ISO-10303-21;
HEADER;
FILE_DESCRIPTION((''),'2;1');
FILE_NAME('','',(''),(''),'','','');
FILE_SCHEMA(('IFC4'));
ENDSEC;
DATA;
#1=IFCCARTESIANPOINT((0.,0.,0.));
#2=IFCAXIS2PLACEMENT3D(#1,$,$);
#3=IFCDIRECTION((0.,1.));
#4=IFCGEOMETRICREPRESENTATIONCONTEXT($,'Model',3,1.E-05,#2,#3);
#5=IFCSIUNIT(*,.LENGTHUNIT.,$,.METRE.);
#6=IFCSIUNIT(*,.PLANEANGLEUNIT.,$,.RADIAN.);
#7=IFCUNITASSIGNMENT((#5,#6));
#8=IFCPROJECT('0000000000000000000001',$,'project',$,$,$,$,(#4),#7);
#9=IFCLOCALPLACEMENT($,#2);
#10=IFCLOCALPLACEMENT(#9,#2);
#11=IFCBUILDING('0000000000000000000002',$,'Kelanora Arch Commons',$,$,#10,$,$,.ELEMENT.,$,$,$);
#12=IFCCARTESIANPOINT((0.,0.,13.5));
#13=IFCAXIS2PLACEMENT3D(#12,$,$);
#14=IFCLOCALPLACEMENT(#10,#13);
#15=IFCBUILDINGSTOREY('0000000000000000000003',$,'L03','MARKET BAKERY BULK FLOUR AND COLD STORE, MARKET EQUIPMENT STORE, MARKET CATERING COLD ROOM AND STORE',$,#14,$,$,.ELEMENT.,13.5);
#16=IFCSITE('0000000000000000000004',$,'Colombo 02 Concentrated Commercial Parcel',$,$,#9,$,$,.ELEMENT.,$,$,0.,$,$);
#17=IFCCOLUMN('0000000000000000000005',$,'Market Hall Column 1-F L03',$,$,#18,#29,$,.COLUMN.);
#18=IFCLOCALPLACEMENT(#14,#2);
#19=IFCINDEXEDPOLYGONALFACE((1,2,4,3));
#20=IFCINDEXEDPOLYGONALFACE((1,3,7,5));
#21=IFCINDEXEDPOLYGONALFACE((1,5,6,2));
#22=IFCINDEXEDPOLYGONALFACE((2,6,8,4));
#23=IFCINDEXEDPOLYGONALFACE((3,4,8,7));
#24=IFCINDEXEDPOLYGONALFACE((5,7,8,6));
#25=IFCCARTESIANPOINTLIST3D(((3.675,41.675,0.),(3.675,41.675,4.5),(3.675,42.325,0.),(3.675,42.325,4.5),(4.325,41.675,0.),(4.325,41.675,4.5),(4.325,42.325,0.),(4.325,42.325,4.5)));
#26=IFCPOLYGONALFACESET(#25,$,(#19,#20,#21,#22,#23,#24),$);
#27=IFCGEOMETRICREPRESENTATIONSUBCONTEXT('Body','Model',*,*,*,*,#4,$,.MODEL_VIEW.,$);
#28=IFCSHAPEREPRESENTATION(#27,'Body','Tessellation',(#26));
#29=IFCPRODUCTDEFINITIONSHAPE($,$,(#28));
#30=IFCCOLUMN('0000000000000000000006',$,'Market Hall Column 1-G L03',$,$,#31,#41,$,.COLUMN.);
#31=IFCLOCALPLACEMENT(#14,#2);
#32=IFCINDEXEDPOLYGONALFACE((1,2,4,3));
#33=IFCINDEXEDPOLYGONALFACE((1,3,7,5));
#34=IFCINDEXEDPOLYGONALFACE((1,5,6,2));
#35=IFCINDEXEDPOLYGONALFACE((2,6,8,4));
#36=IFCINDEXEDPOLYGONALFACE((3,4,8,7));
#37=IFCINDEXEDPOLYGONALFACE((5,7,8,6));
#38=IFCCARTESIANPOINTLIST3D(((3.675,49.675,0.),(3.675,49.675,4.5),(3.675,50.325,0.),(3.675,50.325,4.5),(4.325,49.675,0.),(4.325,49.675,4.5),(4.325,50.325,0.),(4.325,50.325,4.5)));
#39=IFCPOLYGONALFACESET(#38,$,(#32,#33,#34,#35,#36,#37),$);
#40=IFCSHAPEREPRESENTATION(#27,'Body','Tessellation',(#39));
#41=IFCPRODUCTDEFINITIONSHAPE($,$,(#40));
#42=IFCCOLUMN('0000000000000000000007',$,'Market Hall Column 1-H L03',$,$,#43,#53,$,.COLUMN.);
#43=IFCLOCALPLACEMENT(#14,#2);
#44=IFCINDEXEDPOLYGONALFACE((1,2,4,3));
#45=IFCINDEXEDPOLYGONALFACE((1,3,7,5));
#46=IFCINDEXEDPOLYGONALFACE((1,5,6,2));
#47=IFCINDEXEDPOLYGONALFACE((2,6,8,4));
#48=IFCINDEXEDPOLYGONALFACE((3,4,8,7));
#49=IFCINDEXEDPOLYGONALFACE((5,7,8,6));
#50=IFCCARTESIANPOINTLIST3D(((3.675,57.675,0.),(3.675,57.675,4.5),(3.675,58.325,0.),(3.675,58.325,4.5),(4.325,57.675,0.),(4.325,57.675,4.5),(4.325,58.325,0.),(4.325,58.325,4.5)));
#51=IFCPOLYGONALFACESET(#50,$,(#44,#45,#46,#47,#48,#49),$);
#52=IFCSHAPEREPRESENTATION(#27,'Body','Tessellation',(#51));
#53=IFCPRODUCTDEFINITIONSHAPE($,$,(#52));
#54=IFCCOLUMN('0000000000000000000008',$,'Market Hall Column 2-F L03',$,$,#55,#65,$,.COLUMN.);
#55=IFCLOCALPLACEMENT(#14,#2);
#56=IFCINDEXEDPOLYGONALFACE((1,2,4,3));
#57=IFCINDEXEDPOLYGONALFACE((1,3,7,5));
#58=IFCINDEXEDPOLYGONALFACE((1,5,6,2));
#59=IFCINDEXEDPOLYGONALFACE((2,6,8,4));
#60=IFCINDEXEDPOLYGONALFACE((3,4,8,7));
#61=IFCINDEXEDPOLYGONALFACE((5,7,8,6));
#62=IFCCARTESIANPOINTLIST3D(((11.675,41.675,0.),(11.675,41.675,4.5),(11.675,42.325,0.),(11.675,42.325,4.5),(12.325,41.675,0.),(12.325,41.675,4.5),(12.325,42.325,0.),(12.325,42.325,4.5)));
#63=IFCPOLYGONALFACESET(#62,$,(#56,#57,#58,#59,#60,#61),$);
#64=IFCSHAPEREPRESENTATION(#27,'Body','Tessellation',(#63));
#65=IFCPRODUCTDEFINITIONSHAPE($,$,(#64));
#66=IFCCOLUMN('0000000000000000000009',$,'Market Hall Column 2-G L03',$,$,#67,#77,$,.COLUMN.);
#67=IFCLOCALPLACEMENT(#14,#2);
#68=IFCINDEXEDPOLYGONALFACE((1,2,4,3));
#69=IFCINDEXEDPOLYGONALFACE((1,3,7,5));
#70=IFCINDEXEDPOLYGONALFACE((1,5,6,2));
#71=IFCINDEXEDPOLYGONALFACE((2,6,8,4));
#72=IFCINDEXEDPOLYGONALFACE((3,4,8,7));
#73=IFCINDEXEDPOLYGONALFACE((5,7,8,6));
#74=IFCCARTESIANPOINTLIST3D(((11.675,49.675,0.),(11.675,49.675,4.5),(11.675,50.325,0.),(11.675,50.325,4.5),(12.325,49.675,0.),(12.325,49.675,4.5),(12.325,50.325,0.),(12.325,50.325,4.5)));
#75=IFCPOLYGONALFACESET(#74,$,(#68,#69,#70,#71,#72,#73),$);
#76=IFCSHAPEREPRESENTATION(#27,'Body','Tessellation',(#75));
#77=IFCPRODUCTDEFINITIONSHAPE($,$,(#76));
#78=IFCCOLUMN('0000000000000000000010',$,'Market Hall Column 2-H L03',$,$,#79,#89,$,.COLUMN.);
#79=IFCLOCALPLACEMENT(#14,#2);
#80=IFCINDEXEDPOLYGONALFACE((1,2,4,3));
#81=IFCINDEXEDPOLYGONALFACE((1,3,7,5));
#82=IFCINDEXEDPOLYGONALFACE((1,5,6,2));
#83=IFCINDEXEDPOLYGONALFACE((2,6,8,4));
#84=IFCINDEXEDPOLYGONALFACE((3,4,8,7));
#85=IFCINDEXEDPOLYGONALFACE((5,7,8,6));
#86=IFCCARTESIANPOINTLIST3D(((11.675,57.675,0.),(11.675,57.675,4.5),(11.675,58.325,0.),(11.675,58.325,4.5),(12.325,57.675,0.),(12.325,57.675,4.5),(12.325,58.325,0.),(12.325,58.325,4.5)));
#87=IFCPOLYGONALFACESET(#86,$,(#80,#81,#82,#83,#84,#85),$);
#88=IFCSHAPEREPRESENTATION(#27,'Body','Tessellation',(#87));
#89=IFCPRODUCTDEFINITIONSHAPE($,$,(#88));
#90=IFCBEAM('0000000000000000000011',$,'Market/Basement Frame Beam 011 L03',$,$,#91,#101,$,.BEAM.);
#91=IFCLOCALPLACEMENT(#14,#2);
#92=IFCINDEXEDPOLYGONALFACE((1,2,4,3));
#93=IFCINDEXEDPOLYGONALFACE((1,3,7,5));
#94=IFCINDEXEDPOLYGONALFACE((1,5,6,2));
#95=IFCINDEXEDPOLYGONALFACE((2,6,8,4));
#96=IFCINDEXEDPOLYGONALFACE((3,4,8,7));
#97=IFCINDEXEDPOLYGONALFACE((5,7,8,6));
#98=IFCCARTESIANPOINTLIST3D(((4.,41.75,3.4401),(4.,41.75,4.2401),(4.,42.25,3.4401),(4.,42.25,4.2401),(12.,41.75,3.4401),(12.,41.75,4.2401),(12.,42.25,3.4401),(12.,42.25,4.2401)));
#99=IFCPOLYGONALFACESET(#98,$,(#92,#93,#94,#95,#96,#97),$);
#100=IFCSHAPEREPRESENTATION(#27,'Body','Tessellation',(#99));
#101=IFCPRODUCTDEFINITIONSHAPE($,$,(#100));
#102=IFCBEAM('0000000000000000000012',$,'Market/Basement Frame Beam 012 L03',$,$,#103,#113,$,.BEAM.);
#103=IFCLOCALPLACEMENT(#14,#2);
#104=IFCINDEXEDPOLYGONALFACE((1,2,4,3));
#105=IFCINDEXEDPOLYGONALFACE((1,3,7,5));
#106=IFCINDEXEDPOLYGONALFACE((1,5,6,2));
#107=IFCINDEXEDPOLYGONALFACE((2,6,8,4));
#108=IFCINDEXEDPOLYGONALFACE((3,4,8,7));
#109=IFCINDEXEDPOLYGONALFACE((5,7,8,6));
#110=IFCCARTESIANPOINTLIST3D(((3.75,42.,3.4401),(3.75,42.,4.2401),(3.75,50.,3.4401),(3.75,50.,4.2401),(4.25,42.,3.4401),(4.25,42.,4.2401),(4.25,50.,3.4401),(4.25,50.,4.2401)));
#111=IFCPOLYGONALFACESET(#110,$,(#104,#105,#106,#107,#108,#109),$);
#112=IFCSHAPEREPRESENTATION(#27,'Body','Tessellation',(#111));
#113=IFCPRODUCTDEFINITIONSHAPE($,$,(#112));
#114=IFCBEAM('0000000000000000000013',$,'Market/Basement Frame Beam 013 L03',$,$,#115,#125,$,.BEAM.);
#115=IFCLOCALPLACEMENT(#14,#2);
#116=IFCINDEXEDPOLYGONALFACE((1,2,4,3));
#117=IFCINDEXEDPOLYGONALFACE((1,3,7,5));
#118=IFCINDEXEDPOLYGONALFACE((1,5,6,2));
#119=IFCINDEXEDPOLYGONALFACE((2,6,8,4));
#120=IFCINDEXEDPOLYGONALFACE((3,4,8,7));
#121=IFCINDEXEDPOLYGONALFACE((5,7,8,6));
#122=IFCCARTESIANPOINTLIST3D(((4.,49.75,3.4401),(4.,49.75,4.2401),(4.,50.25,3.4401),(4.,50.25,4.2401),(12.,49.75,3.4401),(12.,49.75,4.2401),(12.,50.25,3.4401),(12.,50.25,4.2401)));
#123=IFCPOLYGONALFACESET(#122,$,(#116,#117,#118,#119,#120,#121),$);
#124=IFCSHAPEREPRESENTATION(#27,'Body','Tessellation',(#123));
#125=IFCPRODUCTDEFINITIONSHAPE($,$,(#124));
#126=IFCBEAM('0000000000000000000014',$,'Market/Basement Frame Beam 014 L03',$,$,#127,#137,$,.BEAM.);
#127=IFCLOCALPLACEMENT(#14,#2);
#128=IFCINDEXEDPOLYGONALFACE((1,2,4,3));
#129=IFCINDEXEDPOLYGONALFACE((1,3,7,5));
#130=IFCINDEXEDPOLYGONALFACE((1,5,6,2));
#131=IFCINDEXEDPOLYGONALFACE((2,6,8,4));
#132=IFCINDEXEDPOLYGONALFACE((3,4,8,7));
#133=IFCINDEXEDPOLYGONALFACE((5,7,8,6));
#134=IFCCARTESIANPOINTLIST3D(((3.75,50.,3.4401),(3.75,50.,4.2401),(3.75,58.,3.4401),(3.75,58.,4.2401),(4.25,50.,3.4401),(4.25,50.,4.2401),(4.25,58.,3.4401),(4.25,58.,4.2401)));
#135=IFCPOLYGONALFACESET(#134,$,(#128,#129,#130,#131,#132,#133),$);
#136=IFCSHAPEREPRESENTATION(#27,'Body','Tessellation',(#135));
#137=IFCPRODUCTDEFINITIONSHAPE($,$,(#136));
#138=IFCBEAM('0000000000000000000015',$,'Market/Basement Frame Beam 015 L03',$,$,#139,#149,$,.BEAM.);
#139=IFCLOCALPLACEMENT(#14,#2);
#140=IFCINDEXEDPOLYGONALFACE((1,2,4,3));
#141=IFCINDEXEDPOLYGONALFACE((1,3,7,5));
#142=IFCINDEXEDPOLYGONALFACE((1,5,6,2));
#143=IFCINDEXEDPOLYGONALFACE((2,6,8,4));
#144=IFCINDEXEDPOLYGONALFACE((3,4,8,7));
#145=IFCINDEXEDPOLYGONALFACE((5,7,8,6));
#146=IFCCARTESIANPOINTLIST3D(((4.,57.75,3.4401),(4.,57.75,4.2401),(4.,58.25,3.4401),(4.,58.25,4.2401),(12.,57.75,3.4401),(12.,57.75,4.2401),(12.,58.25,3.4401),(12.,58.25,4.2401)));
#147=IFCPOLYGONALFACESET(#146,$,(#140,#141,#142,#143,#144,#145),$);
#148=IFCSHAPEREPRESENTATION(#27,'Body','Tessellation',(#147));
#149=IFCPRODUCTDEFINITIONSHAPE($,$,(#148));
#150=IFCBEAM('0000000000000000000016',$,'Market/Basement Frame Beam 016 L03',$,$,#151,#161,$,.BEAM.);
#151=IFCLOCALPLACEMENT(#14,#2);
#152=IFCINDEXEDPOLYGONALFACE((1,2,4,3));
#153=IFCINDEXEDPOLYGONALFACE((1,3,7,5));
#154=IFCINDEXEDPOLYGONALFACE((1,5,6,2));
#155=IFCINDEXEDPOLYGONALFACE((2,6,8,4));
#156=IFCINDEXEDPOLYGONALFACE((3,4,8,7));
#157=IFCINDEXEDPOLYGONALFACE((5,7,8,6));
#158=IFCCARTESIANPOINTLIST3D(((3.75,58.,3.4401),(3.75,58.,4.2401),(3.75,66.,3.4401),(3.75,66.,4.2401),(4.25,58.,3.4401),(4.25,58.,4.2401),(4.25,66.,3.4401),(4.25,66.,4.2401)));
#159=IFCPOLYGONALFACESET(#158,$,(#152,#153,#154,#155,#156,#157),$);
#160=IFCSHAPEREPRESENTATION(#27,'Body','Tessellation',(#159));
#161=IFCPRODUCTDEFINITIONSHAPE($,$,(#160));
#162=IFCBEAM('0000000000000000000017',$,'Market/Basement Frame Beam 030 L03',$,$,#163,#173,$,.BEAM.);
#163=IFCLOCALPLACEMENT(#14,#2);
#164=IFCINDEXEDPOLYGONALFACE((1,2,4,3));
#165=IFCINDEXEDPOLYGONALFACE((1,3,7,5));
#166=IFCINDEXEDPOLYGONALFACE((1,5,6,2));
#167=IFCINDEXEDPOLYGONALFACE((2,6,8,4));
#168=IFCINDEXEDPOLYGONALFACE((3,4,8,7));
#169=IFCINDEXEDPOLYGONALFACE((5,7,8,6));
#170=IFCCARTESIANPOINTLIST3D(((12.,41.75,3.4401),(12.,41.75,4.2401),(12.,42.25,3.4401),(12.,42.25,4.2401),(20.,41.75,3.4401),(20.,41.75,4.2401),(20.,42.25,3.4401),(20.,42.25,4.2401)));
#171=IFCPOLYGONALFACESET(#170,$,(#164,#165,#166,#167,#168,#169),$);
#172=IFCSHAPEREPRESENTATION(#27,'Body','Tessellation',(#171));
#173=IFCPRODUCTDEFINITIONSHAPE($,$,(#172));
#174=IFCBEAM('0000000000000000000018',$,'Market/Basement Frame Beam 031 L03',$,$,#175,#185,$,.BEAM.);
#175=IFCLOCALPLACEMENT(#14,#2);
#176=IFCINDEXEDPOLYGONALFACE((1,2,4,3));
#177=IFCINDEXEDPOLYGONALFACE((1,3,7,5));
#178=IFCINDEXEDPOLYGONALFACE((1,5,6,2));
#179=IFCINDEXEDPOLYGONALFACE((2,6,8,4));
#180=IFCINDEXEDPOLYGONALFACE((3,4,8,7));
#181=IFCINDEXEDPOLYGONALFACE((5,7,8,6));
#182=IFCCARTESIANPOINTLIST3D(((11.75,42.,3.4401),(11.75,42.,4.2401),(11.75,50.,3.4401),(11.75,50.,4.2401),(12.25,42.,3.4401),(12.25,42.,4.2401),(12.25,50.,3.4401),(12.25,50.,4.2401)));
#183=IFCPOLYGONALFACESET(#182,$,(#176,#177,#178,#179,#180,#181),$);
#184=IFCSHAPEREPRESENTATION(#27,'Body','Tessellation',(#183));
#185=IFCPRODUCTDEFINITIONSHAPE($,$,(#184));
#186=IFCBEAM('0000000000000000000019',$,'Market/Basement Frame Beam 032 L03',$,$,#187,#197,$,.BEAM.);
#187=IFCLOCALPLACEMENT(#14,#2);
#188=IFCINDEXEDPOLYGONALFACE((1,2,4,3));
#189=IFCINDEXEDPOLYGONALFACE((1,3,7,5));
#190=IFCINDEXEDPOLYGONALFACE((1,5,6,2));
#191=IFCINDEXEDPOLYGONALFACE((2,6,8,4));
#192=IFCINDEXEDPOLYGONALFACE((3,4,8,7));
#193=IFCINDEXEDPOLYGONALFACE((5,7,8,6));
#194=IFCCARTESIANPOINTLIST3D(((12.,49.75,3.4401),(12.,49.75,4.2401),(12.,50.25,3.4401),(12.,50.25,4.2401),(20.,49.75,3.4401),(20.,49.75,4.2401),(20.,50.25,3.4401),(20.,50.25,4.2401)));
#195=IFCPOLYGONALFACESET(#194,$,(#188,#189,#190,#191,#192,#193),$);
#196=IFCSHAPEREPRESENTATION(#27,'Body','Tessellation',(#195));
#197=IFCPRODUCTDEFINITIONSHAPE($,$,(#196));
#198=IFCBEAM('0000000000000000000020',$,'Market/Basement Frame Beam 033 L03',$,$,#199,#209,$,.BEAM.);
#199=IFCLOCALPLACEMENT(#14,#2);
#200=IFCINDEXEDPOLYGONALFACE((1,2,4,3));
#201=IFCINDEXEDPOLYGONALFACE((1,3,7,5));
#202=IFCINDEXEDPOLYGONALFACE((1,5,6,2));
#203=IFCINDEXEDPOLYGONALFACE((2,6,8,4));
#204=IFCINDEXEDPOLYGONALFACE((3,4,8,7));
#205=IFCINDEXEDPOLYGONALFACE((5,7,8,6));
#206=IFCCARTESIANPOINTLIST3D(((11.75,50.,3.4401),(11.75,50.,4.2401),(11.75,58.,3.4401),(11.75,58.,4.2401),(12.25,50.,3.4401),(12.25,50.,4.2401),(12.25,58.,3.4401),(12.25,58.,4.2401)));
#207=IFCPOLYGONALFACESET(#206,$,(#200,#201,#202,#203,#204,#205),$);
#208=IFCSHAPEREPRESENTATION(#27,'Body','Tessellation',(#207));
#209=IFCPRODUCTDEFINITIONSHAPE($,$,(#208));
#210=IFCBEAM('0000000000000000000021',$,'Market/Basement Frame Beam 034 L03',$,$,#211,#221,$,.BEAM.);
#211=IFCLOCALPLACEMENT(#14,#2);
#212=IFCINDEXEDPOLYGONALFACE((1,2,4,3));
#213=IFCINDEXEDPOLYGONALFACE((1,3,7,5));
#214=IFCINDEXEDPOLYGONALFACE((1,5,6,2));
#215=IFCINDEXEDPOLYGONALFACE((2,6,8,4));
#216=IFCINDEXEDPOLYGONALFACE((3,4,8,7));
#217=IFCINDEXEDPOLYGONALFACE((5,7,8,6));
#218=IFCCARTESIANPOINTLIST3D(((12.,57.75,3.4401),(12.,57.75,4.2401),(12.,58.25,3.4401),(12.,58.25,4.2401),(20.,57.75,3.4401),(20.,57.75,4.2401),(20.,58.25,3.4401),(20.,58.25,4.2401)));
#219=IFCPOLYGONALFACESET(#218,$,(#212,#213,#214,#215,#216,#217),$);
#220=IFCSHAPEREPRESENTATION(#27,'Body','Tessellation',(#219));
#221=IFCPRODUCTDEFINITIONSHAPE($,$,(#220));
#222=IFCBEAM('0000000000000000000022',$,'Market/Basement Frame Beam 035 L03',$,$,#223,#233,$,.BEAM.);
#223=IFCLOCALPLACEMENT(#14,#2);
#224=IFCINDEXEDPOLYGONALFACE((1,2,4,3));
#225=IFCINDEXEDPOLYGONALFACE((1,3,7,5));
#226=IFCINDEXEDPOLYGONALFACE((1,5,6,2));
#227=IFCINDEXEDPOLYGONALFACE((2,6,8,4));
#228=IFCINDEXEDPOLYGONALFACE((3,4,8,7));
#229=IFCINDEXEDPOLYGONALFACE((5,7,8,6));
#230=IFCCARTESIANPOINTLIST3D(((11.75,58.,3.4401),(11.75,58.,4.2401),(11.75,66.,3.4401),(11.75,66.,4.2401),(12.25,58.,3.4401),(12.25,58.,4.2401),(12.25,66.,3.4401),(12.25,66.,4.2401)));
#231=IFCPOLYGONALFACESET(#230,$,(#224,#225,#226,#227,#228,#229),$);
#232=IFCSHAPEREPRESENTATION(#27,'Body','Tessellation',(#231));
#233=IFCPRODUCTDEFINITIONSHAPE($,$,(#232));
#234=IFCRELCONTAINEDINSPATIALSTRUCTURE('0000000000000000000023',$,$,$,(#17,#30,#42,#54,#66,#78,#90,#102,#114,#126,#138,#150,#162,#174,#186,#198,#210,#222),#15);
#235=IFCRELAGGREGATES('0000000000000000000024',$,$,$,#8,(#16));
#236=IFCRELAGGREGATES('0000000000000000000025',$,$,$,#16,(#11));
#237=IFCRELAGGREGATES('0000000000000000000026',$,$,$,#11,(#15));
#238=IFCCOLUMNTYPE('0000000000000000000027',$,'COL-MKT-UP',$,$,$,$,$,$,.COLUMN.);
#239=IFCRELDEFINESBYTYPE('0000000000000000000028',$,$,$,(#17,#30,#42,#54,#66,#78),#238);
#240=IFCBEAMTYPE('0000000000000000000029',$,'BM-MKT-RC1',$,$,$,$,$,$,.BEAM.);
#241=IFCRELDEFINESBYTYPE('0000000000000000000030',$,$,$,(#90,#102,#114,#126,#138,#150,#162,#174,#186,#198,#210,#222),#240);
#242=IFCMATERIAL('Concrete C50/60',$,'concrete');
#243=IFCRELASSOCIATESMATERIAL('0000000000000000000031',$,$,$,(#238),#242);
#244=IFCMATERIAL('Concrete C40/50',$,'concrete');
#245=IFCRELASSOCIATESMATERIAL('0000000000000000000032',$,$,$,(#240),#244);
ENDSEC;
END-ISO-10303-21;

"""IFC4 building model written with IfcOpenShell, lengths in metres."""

from ifc_helpers import new_model, si_unit, direction, frame, origin, origin_2d, place, context, subcontext, project, spatial, rectangle, extrude, material, material_profile, profile_set, type_object, element, save


model = new_model("IFC4")

# Units and contexts
model_context = context("Model", 3, precision=1e-05, world=origin(), true_north=direction((0.0, 1.0)))
body_context = subcontext(model_context, "Body", "Model", "MODEL_VIEW")
ifc_project = project(units=[si_unit("LENGTHUNIT", "METRE"), si_unit("PLANEANGLEUNIT", "RADIAN")], contexts=[model_context])

# Site, building, storey
site_placement = place(None, origin())
site = spatial("IfcSite", under=ifc_project, at=site_placement, Name="Colombo 02 Concentrated Commercial Parcel", CompositionType="ELEMENT", RefElevation=0.0)
building_placement = place(site_placement, origin())
building = spatial("IfcBuilding", under=site, at=building_placement, Name="Kelanora Arch Commons", CompositionType="ELEMENT")
storey_placement = place(building_placement, frame((0.0, 0.0, 13.5)))
storey = spatial("IfcBuildingStorey", under=building, at=storey_placement, Name="L03", Description="MARKET BAKERY BULK FLOUR AND COLD STORE, MARKET EQUIPMENT STORE, MARKET CATERING COLD ROOM AND STORE", CompositionType="ELEMENT", Elevation=13.5)

# Columns
ifc_material_1 = material(Name="Concrete C50/60", Category="concrete")
ifc_material_profile_1 = material_profile(ifc_material_1, rectangle(XDim=0.6499, YDim=0.6499, at=origin_2d()), Name="RC650x650")
ifc_profile_set_1 = profile_set([ifc_material_profile_1], Name="Concrete C50/60")
column_type = type_object("IfcColumnType", Name="COL-MKT-UP", PredefinedType="COLUMN", material=ifc_profile_set_1)
for number, where, z_axis, x_axis, name in (
    (1, (4.0, 42.0, 0.0), (0.0, 0.0, 1.0), (1.0, 0.0, 0.0), "Market Hall Column 1-F L03"),
    (2, (4.0, 50.0, 0.0), (0.0, 0.0, 1.0), (1.0, 0.0, 0.0), "Market Hall Column 1-G L03"),
    (3, (4.0, 58.0, 0.0), (0.0, 0.0, 1.0), (1.0, 0.0, 0.0), "Market Hall Column 1-H L03"),
    (4, (12.0, 42.0, 0.0), (0.0, 0.0, 1.0), (1.0, 0.0, 0.0), "Market Hall Column 2-F L03"),
    (5, (12.0, 50.0, 0.0), (0.0, 0.0, 1.0), (1.0, 0.0, 0.0), "Market Hall Column 2-G L03"),
    (6, (12.0, 58.0, 0.0), (0.0, 0.0, 1.0), (1.0, 0.0, 0.0), "Market Hall Column 2-H L03"),
):
    element("IfcColumn", number, at=place(storey_placement, frame(where, z_axis=z_axis, x_axis=x_axis)), inside=storey, type_object=column_type, Name=name, PredefinedType="COLUMN", context=body_context, shape_type="SweptSolid", body=[
        extrude(rectangle(XDim=0.6499, YDim=0.6499, at=origin_2d()), origin(), (0.0, 0.0, 1.0), 4.5),
    ])

# Beams
ifc_material_2 = material(Name="Concrete C40/50", Category="concrete")
ifc_material_profile_2 = material_profile(ifc_material_2, rectangle(XDim=0.5, YDim=0.8, at=origin_2d()), Name="RCB500x800")
ifc_profile_set_2 = profile_set([ifc_material_profile_2], Name="Concrete C40/50")
beam_type = type_object("IfcBeamType", Name="BM-MKT-RC1", PredefinedType="BEAM", material=ifc_profile_set_2)
for number, where, z_axis, x_axis, name in (
    (7, (4.0, 42.0, 3.8401), (1.0, 0.0, 0.0), (0.0, 1.0, 0.0), "Market/Basement Frame Beam 011 L03"),
    (8, (4.0, 42.0, 3.8401), (0.0, 1.0, 0.0), (-1.0, 0.0, 0.0), "Market/Basement Frame Beam 012 L03"),
    (9, (4.0, 50.0, 3.8401), (1.0, 0.0, 0.0), (0.0, 1.0, 0.0), "Market/Basement Frame Beam 013 L03"),
    (10, (4.0, 50.0, 3.8401), (0.0, 1.0, 0.0), (-1.0, 0.0, 0.0), "Market/Basement Frame Beam 014 L03"),
    (11, (4.0, 58.0, 3.8401), (1.0, 0.0, 0.0), (0.0, 1.0, 0.0), "Market/Basement Frame Beam 015 L03"),
    (12, (4.0, 58.0, 3.8401), (0.0, 1.0, 0.0), (-1.0, 0.0, 0.0), "Market/Basement Frame Beam 016 L03"),
    (13, (12.0, 42.0, 3.8401), (1.0, 0.0, 0.0), (0.0, 1.0, 0.0), "Market/Basement Frame Beam 030 L03"),
    (14, (12.0, 42.0, 3.8401), (0.0, 1.0, 0.0), (-1.0, 0.0, 0.0), "Market/Basement Frame Beam 031 L03"),
    (15, (12.0, 50.0, 3.8401), (1.0, 0.0, 0.0), (0.0, 1.0, 0.0), "Market/Basement Frame Beam 032 L03"),
    (16, (12.0, 50.0, 3.8401), (0.0, 1.0, 0.0), (-1.0, 0.0, 0.0), "Market/Basement Frame Beam 033 L03"),
    (17, (12.0, 58.0, 3.8401), (1.0, 0.0, 0.0), (0.0, 1.0, 0.0), "Market/Basement Frame Beam 034 L03"),
    (18, (12.0, 58.0, 3.8401), (0.0, 1.0, 0.0), (-1.0, 0.0, 0.0), "Market/Basement Frame Beam 035 L03"),
):
    element("IfcBeam", number, at=place(storey_placement, frame(where, z_axis=z_axis, x_axis=x_axis)), inside=storey, type_object=beam_type, Name=name, PredefinedType="BEAM", context=body_context, shape_type="SweptSolid", body=[
        extrude(rectangle(XDim=0.5, YDim=0.8, at=origin_2d()), origin(), (0.0, 0.0, 1.0), 8.0),
    ])

save(model, "model.ifc")
